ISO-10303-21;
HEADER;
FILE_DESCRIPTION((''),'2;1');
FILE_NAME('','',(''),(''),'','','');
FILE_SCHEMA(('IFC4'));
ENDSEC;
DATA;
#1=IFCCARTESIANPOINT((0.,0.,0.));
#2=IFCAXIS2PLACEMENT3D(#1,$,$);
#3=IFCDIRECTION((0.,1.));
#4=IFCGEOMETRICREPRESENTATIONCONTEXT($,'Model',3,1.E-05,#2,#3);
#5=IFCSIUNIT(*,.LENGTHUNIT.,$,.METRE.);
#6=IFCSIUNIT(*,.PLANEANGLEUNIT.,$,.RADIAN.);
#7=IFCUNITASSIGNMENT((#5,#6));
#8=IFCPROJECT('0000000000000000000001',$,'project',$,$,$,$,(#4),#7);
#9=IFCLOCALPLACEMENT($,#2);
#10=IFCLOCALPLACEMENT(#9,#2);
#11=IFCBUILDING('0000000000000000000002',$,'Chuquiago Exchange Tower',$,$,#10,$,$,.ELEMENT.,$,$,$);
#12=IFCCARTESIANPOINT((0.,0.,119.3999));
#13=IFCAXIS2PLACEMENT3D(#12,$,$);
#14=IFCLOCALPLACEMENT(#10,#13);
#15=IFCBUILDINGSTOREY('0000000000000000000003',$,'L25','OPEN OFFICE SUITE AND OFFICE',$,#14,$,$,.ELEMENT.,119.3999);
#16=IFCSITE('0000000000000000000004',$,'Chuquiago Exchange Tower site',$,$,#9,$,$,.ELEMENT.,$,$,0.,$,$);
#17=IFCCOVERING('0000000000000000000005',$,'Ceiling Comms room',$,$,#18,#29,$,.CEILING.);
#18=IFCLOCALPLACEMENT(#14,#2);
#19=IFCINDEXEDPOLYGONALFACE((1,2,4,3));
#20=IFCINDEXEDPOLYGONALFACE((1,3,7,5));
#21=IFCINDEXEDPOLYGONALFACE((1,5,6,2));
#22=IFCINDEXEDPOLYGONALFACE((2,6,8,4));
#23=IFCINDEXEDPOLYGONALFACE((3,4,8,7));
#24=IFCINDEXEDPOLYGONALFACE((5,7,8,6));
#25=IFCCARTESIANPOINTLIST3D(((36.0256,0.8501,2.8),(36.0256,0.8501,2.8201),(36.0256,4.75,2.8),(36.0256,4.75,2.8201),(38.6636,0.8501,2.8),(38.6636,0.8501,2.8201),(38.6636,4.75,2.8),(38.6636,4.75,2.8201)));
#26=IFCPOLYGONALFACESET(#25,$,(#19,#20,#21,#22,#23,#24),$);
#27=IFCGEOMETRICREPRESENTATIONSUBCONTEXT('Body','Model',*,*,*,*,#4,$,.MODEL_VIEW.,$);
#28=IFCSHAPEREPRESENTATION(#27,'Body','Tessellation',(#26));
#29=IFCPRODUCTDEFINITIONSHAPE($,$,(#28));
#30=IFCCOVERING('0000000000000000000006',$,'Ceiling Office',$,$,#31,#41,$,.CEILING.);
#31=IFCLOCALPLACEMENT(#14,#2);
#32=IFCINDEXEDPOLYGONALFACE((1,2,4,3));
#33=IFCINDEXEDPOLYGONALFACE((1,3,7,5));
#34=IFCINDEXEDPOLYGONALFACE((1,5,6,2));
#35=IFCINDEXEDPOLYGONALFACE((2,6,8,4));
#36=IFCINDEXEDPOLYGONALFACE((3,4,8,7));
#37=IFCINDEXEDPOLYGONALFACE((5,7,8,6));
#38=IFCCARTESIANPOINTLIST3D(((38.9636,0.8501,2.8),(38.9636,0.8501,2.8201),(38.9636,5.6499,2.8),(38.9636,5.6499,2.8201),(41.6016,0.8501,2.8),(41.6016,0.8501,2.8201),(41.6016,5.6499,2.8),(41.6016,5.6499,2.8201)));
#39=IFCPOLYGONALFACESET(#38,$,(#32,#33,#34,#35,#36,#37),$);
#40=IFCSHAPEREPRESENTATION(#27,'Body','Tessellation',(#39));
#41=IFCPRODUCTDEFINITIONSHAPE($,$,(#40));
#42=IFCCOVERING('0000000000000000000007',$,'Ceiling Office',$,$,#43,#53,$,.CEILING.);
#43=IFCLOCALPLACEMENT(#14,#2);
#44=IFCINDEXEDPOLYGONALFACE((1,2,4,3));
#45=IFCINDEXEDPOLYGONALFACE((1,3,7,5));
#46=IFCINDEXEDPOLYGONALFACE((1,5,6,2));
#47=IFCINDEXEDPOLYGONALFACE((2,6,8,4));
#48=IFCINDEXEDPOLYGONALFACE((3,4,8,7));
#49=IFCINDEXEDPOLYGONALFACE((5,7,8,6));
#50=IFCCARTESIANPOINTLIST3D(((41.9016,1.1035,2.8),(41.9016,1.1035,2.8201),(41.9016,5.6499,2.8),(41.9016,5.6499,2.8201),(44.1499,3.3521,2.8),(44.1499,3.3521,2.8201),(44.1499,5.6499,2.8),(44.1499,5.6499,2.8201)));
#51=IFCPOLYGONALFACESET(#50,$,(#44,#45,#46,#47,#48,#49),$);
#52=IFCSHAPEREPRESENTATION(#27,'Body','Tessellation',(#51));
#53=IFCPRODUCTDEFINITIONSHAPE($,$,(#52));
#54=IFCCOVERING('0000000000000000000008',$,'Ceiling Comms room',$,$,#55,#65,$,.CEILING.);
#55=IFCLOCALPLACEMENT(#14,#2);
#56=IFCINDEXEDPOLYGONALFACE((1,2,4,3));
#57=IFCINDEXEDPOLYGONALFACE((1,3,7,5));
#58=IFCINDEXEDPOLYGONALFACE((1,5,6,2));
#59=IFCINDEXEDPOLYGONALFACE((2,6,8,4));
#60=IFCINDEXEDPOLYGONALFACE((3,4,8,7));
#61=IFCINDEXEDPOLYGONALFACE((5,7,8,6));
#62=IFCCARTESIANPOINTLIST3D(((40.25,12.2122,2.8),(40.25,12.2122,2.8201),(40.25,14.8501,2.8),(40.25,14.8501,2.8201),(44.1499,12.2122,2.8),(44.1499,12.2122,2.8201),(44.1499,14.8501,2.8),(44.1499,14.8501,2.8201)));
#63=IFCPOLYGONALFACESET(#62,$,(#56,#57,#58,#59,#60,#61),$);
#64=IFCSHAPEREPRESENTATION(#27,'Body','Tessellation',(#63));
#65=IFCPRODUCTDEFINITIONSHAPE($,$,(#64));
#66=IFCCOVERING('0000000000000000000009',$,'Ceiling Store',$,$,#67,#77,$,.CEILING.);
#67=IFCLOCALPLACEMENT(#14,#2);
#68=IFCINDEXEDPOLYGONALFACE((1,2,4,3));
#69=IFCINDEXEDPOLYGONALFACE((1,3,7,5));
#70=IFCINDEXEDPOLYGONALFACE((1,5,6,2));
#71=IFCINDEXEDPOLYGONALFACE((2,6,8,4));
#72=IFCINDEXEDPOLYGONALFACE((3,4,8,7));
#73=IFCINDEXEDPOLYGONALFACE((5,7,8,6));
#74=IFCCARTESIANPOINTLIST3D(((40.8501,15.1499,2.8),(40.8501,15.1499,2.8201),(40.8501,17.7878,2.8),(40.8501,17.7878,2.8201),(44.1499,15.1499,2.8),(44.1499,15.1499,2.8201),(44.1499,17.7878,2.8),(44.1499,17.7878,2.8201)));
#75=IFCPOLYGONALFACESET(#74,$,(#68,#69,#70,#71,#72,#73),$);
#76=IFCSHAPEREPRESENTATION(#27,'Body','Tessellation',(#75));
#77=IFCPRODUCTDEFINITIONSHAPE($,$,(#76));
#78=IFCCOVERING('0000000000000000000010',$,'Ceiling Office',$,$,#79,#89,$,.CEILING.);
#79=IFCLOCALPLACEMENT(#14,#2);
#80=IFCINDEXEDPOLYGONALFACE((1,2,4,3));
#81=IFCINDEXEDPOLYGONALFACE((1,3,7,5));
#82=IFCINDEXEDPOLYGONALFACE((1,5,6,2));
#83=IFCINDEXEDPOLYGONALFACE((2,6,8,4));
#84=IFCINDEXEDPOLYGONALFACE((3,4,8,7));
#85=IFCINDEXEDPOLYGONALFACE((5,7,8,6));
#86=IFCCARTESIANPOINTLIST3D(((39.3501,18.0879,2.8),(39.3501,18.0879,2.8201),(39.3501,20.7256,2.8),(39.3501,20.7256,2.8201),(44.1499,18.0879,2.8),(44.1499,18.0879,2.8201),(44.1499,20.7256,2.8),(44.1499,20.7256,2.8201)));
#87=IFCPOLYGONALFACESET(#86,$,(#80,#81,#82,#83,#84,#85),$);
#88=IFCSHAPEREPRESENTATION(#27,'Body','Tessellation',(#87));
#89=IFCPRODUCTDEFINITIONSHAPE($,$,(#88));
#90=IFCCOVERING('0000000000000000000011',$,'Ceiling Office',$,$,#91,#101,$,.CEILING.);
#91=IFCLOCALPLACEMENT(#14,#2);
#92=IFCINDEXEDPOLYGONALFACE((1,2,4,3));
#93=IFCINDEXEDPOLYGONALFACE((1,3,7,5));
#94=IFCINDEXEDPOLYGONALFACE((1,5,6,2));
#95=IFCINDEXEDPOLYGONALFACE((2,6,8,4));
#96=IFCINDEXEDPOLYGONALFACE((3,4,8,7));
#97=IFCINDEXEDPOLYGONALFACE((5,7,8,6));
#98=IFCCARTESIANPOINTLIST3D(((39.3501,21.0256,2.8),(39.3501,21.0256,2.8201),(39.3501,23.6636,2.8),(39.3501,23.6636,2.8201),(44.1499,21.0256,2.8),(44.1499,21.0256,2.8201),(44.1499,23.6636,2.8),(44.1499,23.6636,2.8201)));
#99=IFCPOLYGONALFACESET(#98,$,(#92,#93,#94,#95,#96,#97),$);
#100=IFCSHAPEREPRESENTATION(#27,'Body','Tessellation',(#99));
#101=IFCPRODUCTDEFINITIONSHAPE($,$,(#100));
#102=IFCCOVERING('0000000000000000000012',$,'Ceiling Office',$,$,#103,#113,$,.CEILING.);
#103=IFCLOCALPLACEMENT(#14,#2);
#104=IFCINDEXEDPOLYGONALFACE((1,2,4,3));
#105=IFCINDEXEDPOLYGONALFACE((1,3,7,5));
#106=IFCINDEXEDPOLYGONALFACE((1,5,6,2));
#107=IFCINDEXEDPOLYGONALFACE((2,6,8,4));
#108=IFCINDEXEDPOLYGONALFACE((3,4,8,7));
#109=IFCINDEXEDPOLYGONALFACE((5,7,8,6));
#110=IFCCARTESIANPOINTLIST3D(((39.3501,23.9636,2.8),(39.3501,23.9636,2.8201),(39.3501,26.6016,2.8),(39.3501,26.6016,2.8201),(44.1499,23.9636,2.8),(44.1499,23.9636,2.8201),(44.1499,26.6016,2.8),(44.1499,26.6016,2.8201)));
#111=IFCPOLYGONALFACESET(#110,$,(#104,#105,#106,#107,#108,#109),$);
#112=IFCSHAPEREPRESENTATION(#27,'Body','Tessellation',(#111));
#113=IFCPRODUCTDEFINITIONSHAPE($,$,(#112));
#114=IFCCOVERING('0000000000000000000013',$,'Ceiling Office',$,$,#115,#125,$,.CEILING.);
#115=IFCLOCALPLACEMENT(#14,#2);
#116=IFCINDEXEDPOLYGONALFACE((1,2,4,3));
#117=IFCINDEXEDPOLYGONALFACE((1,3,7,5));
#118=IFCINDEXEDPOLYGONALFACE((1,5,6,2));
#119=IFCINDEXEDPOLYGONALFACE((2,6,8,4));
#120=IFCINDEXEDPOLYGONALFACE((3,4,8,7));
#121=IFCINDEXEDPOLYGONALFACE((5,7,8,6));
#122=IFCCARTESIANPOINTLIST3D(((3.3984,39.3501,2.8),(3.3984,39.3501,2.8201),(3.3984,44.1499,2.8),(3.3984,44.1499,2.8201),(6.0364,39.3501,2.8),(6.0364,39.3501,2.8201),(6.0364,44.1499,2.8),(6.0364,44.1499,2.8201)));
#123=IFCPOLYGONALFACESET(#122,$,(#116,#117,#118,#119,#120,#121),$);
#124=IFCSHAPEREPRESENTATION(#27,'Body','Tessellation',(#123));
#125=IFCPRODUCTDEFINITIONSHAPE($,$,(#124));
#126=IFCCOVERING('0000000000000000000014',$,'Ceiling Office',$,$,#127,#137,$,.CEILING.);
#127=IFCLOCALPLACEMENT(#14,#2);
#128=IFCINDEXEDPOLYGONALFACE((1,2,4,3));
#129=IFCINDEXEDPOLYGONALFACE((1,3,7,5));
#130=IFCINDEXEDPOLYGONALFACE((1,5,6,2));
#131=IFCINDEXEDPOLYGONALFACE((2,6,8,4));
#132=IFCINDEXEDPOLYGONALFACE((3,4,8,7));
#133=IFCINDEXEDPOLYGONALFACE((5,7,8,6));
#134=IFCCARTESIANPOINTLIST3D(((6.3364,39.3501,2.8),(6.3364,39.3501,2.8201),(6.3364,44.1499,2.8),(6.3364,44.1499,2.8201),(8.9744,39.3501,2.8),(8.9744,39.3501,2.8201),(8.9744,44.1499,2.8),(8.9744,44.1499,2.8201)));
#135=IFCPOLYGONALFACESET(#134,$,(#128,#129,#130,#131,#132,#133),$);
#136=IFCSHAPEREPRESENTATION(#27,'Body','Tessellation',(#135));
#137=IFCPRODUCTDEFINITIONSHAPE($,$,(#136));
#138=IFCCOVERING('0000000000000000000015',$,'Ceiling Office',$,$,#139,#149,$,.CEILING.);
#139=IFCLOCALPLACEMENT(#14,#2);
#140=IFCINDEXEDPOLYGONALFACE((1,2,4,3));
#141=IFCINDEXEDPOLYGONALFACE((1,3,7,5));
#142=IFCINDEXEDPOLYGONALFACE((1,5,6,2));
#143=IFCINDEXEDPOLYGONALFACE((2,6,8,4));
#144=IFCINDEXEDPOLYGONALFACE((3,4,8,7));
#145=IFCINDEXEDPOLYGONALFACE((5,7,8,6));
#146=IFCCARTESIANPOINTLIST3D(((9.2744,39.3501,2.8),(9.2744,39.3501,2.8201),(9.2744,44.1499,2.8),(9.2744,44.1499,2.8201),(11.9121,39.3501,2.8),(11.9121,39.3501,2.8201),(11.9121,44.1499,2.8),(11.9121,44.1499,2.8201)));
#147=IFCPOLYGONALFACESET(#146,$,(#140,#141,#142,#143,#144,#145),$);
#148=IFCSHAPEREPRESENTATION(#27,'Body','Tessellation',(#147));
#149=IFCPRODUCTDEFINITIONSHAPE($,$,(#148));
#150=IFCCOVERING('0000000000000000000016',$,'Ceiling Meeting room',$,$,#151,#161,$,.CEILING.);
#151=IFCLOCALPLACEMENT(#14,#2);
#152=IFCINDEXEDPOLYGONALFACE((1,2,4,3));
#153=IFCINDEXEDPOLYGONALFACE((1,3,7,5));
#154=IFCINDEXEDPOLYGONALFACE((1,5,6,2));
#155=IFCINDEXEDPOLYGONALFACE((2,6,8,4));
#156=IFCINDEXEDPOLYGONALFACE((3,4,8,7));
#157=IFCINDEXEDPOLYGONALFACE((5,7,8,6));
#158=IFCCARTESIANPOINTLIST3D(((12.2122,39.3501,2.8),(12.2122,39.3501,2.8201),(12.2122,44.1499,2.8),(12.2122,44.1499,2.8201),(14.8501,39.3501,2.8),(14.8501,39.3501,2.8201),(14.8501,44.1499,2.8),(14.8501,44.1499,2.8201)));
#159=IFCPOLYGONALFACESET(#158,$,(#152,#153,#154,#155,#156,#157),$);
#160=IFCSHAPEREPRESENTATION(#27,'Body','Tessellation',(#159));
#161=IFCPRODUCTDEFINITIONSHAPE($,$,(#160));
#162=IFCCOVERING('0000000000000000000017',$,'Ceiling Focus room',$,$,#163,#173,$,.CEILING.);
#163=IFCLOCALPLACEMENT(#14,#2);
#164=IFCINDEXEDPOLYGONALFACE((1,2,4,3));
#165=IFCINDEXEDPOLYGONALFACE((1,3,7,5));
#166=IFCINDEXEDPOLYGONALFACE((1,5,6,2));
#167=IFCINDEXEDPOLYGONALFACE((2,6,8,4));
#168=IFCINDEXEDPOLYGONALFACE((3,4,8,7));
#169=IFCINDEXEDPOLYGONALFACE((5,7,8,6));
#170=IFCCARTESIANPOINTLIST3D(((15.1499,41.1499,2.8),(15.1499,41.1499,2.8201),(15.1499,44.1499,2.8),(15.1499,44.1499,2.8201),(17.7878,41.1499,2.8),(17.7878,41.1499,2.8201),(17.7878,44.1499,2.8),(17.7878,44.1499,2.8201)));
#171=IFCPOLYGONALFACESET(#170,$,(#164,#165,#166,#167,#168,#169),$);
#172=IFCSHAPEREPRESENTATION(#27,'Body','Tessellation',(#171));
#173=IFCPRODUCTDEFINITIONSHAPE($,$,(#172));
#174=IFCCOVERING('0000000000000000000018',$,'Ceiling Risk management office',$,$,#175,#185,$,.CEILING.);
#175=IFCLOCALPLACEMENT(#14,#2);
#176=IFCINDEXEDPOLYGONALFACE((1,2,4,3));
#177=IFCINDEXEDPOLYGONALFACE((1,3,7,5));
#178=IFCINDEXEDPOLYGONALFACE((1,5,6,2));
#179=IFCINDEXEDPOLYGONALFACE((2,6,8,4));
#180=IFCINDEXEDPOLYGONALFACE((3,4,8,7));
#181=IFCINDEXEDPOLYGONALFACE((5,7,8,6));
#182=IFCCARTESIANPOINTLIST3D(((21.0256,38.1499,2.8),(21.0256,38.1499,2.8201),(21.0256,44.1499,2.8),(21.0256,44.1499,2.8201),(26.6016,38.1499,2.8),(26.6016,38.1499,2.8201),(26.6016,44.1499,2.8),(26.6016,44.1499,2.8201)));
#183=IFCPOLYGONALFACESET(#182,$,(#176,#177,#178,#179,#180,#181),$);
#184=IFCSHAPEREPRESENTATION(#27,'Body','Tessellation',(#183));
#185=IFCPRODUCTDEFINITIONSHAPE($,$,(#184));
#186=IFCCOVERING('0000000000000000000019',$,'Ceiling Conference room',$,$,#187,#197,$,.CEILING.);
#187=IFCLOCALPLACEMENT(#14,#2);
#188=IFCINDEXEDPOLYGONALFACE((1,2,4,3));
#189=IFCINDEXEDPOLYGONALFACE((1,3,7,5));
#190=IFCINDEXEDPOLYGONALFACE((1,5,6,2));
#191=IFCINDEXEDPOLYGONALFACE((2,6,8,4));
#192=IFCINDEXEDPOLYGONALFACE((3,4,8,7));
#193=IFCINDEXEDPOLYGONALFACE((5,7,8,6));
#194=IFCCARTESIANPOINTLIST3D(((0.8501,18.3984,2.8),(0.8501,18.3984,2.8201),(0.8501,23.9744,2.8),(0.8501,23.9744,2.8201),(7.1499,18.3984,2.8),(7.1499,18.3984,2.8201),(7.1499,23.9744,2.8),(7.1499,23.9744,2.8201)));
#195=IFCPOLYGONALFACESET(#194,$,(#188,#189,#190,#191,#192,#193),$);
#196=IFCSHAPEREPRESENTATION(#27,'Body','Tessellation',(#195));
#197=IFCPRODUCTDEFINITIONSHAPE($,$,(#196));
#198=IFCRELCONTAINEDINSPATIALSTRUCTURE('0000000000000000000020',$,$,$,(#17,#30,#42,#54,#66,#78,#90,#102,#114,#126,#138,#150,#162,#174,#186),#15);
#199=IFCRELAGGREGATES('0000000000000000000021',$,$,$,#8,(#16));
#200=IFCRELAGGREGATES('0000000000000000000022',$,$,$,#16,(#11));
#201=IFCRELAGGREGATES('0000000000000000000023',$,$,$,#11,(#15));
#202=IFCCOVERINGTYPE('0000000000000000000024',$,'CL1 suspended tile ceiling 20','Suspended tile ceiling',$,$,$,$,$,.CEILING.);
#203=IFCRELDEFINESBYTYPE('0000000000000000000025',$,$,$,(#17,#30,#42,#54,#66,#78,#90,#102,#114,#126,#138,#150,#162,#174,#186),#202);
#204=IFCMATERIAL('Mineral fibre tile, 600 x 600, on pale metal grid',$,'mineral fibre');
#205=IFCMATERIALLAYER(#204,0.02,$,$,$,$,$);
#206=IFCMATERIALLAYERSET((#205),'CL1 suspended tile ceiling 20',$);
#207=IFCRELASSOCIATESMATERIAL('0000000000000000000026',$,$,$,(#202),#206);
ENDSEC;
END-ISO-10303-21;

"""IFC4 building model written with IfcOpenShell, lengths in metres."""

from ifc_helpers import new_model, si_unit, direction, frame, origin, place, context, subcontext, project, spatial, polyline, outline, extrude, material, layer, layer_set, type_object, element, save


model = new_model("IFC4")

# Units and contexts
model_context = context("Model", 3, precision=1e-05, world=origin(), true_north=direction((0.0, 1.0)))
body_context = subcontext(model_context, "Body", "Model", "MODEL_VIEW")
ifc_project = project(units=[si_unit("LENGTHUNIT", "METRE"), si_unit("PLANEANGLEUNIT", "RADIAN")], contexts=[model_context])

# Site, building, storey
site_placement = place(None, origin())
site = spatial("IfcSite", under=ifc_project, at=site_placement, Name="Chuquiago Exchange Tower site", CompositionType="ELEMENT", RefElevation=0.0)
building_placement = place(site_placement, origin())
building = spatial("IfcBuilding", under=site, at=building_placement, Name="Chuquiago Exchange Tower", CompositionType="ELEMENT")
storey_placement = place(building_placement, frame((0.0, 0.0, 119.3999)))
storey = spatial("IfcBuildingStorey", under=building, at=storey_placement, Name="L25", Description="OPEN OFFICE SUITE AND OFFICE", CompositionType="ELEMENT", Elevation=119.3999)

# Coverings
ifc_material_1 = material(Name="Mineral fibre tile, 600 x 600, on pale metal grid", Category="mineral fibre")
ifc_layer_1 = layer(ifc_material_1, 0.02)
ifc_layer_set_1 = layer_set([ifc_layer_1], Name="CL1 suspended tile ceiling 20")
covering_type_1 = type_object("IfcCoveringType", Name="CL1 suspended tile ceiling 20", Description="Suspended tile ceiling", PredefinedType="CEILING", material=ifc_layer_set_1)
covering_1_placement = place(storey_placement, frame((0.0, 0.0, 2.8)))
element("IfcCovering", 1, at=covering_1_placement, inside=storey, type_object=covering_type_1, Name="Ceiling Comms room", PredefinedType="CEILING", context=body_context, shape_type="SweptSolid", body=[
    extrude(outline(polyline([(36.0256, 4.75), (38.6636, 4.75), (38.6636, 0.8501), (36.0256, 0.8501), (36.0256, 4.75)])), origin(), (0.0, 0.0, 1.0), 0.02),
])
covering_2_placement = place(storey_placement, frame((0.0, 0.0, 2.8)))
element("IfcCovering", 2, at=covering_2_placement, inside=storey, type_object=covering_type_1, Name="Ceiling Office", PredefinedType="CEILING", context=body_context, shape_type="SweptSolid", body=[
    extrude(outline(polyline([(38.9636, 0.8501), (38.9636, 5.6499), (41.6016, 5.6499), (41.6016, 0.8501), (38.9636, 0.8501)])), origin(), (0.0, 0.0, 1.0), 0.02),
])
covering_3_placement = place(storey_placement, frame((0.0, 0.0, 2.8)))
element("IfcCovering", 3, at=covering_3_placement, inside=storey, type_object=covering_type_1, Name="Ceiling Office", PredefinedType="CEILING", context=body_context, shape_type="SweptSolid", body=[
    extrude(outline(polyline([(41.9016, 1.1035), (41.9016, 5.6499), (44.1499, 5.6499), (44.1499, 3.3521), (41.9016, 1.1035)])), origin(), (0.0, 0.0, 1.0), 0.02),
])
covering_4_placement = place(storey_placement, frame((0.0, 0.0, 2.8)))
element("IfcCovering", 4, at=covering_4_placement, inside=storey, type_object=covering_type_1, Name="Ceiling Comms room", PredefinedType="CEILING", context=body_context, shape_type="SweptSolid", body=[
    extrude(outline(polyline([(40.25, 12.2122), (40.25, 14.8501), (44.1499, 14.8501), (44.1499, 12.2122), (40.25, 12.2122)])), origin(), (0.0, 0.0, 1.0), 0.02),
])
covering_5_placement = place(storey_placement, frame((0.0, 0.0, 2.8)))
element("IfcCovering", 5, at=covering_5_placement, inside=storey, type_object=covering_type_1, Name="Ceiling Store", PredefinedType="CEILING", context=body_context, shape_type="SweptSolid", body=[
    extrude(outline(polyline([(40.8501, 15.1499), (40.8501, 17.7878), (44.1499, 17.7878), (44.1499, 15.1499), (40.8501, 15.1499)])), origin(), (0.0, 0.0, 1.0), 0.02),
])
covering_6_placement = place(storey_placement, frame((0.0, 0.0, 2.8)))
element("IfcCovering", 6, at=covering_6_placement, inside=storey, type_object=covering_type_1, Name="Ceiling Office", PredefinedType="CEILING", context=body_context, shape_type="SweptSolid", body=[
    extrude(outline(polyline([(39.3501, 18.0879), (39.3501, 20.7256), (44.1499, 20.7256), (44.1499, 18.0879), (39.3501, 18.0879)])), origin(), (0.0, 0.0, 1.0), 0.02),
])
covering_7_placement = place(storey_placement, frame((0.0, 0.0, 2.8)))
element("IfcCovering", 7, at=covering_7_placement, inside=storey, type_object=covering_type_1, Name="Ceiling Office", PredefinedType="CEILING", context=body_context, shape_type="SweptSolid", body=[
    extrude(outline(polyline([(39.3501, 21.0256), (39.3501, 23.6636), (44.1499, 23.6636), (44.1499, 21.0256), (39.3501, 21.0256)])), origin(), (0.0, 0.0, 1.0), 0.02),
])
covering_8_placement = place(storey_placement, frame((0.0, 0.0, 2.8)))
element("IfcCovering", 8, at=covering_8_placement, inside=storey, type_object=covering_type_1, Name="Ceiling Office", PredefinedType="CEILING", context=body_context, shape_type="SweptSolid", body=[
    extrude(outline(polyline([(44.1499, 23.9636), (39.3501, 23.9636), (39.3501, 26.6016), (44.1499, 26.6016), (44.1499, 23.9636)])), origin(), (0.0, 0.0, 1.0), 0.02),
])
covering_9_placement = place(storey_placement, frame((0.0, 0.0, 2.8)))
element("IfcCovering", 9, at=covering_9_placement, inside=storey, type_object=covering_type_1, Name="Ceiling Office", PredefinedType="CEILING", context=body_context, shape_type="SweptSolid", body=[
    extrude(outline(polyline([(6.0364, 44.1499), (6.0364, 39.3501), (3.3984, 39.3501), (3.3984, 44.1499), (6.0364, 44.1499)])), origin(), (0.0, 0.0, 1.0), 0.02),
])
covering_10_placement = place(storey_placement, frame((0.0, 0.0, 2.8)))
element("IfcCovering", 10, at=covering_10_placement, inside=storey, type_object=covering_type_1, Name="Ceiling Office", PredefinedType="CEILING", context=body_context, shape_type="SweptSolid", body=[
    extrude(outline(polyline([(8.9744, 39.3501), (6.3364, 39.3501), (6.3364, 44.1499), (8.9744, 44.1499), (8.9744, 39.3501)])), origin(), (0.0, 0.0, 1.0), 0.02),
])
covering_11_placement = place(storey_placement, frame((0.0, 0.0, 2.8)))
element("IfcCovering", 11, at=covering_11_placement, inside=storey, type_object=covering_type_1, Name="Ceiling Office", PredefinedType="CEILING", context=body_context, shape_type="SweptSolid", body=[
    extrude(outline(polyline([(11.9121, 39.3501), (9.2744, 39.3501), (9.2744, 44.1499), (11.9121, 44.1499), (11.9121, 39.3501)])), origin(), (0.0, 0.0, 1.0), 0.02),
])
covering_12_placement = place(storey_placement, frame((0.0, 0.0, 2.8)))
element("IfcCovering", 12, at=covering_12_placement, inside=storey, type_object=covering_type_1, Name="Ceiling Meeting room", PredefinedType="CEILING", context=body_context, shape_type="SweptSolid", body=[
    extrude(outline(polyline([(14.8501, 39.3501), (12.2122, 39.3501), (12.2122, 44.1499), (14.8501, 44.1499), (14.8501, 39.3501)])), origin(), (0.0, 0.0, 1.0), 0.02),
])
covering_13_placement = place(storey_placement, frame((0.0, 0.0, 2.8)))
element("IfcCovering", 13, at=covering_13_placement, inside=storey, type_object=covering_type_1, Name="Ceiling Focus room", PredefinedType="CEILING", context=body_context, shape_type="SweptSolid", body=[
    extrude(outline(polyline([(17.7878, 41.1499), (15.1499, 41.1499), (15.1499, 44.1499), (17.7878, 44.1499), (17.7878, 41.1499)])), origin(), (0.0, 0.0, 1.0), 0.02),
])
covering_14_placement = place(storey_placement, frame((0.0, 0.0, 2.8)))
element("IfcCovering", 14, at=covering_14_placement, inside=storey, type_object=covering_type_1, Name="Ceiling Risk management office", PredefinedType="CEILING", context=body_context, shape_type="SweptSolid", body=[
    extrude(outline(polyline([(26.6016, 38.1499), (21.0256, 38.1499), (21.0256, 44.1499), (26.6016, 44.1499), (26.6016, 38.1499)])), origin(), (0.0, 0.0, 1.0), 0.02),
])
covering_15_placement = place(storey_placement, frame((0.0, 0.0, 2.8)))
element("IfcCovering", 15, at=covering_15_placement, inside=storey, type_object=covering_type_1, Name="Ceiling Conference room", PredefinedType="CEILING", context=body_context, shape_type="SweptSolid", body=[
    extrude(outline(polyline([(0.8501, 23.9744), (7.1499, 23.9744), (7.1499, 18.3984), (0.8501, 18.3984), (0.8501, 23.9744)])), origin(), (0.0, 0.0, 1.0), 0.02),
])

save(model, "model.ifc")
